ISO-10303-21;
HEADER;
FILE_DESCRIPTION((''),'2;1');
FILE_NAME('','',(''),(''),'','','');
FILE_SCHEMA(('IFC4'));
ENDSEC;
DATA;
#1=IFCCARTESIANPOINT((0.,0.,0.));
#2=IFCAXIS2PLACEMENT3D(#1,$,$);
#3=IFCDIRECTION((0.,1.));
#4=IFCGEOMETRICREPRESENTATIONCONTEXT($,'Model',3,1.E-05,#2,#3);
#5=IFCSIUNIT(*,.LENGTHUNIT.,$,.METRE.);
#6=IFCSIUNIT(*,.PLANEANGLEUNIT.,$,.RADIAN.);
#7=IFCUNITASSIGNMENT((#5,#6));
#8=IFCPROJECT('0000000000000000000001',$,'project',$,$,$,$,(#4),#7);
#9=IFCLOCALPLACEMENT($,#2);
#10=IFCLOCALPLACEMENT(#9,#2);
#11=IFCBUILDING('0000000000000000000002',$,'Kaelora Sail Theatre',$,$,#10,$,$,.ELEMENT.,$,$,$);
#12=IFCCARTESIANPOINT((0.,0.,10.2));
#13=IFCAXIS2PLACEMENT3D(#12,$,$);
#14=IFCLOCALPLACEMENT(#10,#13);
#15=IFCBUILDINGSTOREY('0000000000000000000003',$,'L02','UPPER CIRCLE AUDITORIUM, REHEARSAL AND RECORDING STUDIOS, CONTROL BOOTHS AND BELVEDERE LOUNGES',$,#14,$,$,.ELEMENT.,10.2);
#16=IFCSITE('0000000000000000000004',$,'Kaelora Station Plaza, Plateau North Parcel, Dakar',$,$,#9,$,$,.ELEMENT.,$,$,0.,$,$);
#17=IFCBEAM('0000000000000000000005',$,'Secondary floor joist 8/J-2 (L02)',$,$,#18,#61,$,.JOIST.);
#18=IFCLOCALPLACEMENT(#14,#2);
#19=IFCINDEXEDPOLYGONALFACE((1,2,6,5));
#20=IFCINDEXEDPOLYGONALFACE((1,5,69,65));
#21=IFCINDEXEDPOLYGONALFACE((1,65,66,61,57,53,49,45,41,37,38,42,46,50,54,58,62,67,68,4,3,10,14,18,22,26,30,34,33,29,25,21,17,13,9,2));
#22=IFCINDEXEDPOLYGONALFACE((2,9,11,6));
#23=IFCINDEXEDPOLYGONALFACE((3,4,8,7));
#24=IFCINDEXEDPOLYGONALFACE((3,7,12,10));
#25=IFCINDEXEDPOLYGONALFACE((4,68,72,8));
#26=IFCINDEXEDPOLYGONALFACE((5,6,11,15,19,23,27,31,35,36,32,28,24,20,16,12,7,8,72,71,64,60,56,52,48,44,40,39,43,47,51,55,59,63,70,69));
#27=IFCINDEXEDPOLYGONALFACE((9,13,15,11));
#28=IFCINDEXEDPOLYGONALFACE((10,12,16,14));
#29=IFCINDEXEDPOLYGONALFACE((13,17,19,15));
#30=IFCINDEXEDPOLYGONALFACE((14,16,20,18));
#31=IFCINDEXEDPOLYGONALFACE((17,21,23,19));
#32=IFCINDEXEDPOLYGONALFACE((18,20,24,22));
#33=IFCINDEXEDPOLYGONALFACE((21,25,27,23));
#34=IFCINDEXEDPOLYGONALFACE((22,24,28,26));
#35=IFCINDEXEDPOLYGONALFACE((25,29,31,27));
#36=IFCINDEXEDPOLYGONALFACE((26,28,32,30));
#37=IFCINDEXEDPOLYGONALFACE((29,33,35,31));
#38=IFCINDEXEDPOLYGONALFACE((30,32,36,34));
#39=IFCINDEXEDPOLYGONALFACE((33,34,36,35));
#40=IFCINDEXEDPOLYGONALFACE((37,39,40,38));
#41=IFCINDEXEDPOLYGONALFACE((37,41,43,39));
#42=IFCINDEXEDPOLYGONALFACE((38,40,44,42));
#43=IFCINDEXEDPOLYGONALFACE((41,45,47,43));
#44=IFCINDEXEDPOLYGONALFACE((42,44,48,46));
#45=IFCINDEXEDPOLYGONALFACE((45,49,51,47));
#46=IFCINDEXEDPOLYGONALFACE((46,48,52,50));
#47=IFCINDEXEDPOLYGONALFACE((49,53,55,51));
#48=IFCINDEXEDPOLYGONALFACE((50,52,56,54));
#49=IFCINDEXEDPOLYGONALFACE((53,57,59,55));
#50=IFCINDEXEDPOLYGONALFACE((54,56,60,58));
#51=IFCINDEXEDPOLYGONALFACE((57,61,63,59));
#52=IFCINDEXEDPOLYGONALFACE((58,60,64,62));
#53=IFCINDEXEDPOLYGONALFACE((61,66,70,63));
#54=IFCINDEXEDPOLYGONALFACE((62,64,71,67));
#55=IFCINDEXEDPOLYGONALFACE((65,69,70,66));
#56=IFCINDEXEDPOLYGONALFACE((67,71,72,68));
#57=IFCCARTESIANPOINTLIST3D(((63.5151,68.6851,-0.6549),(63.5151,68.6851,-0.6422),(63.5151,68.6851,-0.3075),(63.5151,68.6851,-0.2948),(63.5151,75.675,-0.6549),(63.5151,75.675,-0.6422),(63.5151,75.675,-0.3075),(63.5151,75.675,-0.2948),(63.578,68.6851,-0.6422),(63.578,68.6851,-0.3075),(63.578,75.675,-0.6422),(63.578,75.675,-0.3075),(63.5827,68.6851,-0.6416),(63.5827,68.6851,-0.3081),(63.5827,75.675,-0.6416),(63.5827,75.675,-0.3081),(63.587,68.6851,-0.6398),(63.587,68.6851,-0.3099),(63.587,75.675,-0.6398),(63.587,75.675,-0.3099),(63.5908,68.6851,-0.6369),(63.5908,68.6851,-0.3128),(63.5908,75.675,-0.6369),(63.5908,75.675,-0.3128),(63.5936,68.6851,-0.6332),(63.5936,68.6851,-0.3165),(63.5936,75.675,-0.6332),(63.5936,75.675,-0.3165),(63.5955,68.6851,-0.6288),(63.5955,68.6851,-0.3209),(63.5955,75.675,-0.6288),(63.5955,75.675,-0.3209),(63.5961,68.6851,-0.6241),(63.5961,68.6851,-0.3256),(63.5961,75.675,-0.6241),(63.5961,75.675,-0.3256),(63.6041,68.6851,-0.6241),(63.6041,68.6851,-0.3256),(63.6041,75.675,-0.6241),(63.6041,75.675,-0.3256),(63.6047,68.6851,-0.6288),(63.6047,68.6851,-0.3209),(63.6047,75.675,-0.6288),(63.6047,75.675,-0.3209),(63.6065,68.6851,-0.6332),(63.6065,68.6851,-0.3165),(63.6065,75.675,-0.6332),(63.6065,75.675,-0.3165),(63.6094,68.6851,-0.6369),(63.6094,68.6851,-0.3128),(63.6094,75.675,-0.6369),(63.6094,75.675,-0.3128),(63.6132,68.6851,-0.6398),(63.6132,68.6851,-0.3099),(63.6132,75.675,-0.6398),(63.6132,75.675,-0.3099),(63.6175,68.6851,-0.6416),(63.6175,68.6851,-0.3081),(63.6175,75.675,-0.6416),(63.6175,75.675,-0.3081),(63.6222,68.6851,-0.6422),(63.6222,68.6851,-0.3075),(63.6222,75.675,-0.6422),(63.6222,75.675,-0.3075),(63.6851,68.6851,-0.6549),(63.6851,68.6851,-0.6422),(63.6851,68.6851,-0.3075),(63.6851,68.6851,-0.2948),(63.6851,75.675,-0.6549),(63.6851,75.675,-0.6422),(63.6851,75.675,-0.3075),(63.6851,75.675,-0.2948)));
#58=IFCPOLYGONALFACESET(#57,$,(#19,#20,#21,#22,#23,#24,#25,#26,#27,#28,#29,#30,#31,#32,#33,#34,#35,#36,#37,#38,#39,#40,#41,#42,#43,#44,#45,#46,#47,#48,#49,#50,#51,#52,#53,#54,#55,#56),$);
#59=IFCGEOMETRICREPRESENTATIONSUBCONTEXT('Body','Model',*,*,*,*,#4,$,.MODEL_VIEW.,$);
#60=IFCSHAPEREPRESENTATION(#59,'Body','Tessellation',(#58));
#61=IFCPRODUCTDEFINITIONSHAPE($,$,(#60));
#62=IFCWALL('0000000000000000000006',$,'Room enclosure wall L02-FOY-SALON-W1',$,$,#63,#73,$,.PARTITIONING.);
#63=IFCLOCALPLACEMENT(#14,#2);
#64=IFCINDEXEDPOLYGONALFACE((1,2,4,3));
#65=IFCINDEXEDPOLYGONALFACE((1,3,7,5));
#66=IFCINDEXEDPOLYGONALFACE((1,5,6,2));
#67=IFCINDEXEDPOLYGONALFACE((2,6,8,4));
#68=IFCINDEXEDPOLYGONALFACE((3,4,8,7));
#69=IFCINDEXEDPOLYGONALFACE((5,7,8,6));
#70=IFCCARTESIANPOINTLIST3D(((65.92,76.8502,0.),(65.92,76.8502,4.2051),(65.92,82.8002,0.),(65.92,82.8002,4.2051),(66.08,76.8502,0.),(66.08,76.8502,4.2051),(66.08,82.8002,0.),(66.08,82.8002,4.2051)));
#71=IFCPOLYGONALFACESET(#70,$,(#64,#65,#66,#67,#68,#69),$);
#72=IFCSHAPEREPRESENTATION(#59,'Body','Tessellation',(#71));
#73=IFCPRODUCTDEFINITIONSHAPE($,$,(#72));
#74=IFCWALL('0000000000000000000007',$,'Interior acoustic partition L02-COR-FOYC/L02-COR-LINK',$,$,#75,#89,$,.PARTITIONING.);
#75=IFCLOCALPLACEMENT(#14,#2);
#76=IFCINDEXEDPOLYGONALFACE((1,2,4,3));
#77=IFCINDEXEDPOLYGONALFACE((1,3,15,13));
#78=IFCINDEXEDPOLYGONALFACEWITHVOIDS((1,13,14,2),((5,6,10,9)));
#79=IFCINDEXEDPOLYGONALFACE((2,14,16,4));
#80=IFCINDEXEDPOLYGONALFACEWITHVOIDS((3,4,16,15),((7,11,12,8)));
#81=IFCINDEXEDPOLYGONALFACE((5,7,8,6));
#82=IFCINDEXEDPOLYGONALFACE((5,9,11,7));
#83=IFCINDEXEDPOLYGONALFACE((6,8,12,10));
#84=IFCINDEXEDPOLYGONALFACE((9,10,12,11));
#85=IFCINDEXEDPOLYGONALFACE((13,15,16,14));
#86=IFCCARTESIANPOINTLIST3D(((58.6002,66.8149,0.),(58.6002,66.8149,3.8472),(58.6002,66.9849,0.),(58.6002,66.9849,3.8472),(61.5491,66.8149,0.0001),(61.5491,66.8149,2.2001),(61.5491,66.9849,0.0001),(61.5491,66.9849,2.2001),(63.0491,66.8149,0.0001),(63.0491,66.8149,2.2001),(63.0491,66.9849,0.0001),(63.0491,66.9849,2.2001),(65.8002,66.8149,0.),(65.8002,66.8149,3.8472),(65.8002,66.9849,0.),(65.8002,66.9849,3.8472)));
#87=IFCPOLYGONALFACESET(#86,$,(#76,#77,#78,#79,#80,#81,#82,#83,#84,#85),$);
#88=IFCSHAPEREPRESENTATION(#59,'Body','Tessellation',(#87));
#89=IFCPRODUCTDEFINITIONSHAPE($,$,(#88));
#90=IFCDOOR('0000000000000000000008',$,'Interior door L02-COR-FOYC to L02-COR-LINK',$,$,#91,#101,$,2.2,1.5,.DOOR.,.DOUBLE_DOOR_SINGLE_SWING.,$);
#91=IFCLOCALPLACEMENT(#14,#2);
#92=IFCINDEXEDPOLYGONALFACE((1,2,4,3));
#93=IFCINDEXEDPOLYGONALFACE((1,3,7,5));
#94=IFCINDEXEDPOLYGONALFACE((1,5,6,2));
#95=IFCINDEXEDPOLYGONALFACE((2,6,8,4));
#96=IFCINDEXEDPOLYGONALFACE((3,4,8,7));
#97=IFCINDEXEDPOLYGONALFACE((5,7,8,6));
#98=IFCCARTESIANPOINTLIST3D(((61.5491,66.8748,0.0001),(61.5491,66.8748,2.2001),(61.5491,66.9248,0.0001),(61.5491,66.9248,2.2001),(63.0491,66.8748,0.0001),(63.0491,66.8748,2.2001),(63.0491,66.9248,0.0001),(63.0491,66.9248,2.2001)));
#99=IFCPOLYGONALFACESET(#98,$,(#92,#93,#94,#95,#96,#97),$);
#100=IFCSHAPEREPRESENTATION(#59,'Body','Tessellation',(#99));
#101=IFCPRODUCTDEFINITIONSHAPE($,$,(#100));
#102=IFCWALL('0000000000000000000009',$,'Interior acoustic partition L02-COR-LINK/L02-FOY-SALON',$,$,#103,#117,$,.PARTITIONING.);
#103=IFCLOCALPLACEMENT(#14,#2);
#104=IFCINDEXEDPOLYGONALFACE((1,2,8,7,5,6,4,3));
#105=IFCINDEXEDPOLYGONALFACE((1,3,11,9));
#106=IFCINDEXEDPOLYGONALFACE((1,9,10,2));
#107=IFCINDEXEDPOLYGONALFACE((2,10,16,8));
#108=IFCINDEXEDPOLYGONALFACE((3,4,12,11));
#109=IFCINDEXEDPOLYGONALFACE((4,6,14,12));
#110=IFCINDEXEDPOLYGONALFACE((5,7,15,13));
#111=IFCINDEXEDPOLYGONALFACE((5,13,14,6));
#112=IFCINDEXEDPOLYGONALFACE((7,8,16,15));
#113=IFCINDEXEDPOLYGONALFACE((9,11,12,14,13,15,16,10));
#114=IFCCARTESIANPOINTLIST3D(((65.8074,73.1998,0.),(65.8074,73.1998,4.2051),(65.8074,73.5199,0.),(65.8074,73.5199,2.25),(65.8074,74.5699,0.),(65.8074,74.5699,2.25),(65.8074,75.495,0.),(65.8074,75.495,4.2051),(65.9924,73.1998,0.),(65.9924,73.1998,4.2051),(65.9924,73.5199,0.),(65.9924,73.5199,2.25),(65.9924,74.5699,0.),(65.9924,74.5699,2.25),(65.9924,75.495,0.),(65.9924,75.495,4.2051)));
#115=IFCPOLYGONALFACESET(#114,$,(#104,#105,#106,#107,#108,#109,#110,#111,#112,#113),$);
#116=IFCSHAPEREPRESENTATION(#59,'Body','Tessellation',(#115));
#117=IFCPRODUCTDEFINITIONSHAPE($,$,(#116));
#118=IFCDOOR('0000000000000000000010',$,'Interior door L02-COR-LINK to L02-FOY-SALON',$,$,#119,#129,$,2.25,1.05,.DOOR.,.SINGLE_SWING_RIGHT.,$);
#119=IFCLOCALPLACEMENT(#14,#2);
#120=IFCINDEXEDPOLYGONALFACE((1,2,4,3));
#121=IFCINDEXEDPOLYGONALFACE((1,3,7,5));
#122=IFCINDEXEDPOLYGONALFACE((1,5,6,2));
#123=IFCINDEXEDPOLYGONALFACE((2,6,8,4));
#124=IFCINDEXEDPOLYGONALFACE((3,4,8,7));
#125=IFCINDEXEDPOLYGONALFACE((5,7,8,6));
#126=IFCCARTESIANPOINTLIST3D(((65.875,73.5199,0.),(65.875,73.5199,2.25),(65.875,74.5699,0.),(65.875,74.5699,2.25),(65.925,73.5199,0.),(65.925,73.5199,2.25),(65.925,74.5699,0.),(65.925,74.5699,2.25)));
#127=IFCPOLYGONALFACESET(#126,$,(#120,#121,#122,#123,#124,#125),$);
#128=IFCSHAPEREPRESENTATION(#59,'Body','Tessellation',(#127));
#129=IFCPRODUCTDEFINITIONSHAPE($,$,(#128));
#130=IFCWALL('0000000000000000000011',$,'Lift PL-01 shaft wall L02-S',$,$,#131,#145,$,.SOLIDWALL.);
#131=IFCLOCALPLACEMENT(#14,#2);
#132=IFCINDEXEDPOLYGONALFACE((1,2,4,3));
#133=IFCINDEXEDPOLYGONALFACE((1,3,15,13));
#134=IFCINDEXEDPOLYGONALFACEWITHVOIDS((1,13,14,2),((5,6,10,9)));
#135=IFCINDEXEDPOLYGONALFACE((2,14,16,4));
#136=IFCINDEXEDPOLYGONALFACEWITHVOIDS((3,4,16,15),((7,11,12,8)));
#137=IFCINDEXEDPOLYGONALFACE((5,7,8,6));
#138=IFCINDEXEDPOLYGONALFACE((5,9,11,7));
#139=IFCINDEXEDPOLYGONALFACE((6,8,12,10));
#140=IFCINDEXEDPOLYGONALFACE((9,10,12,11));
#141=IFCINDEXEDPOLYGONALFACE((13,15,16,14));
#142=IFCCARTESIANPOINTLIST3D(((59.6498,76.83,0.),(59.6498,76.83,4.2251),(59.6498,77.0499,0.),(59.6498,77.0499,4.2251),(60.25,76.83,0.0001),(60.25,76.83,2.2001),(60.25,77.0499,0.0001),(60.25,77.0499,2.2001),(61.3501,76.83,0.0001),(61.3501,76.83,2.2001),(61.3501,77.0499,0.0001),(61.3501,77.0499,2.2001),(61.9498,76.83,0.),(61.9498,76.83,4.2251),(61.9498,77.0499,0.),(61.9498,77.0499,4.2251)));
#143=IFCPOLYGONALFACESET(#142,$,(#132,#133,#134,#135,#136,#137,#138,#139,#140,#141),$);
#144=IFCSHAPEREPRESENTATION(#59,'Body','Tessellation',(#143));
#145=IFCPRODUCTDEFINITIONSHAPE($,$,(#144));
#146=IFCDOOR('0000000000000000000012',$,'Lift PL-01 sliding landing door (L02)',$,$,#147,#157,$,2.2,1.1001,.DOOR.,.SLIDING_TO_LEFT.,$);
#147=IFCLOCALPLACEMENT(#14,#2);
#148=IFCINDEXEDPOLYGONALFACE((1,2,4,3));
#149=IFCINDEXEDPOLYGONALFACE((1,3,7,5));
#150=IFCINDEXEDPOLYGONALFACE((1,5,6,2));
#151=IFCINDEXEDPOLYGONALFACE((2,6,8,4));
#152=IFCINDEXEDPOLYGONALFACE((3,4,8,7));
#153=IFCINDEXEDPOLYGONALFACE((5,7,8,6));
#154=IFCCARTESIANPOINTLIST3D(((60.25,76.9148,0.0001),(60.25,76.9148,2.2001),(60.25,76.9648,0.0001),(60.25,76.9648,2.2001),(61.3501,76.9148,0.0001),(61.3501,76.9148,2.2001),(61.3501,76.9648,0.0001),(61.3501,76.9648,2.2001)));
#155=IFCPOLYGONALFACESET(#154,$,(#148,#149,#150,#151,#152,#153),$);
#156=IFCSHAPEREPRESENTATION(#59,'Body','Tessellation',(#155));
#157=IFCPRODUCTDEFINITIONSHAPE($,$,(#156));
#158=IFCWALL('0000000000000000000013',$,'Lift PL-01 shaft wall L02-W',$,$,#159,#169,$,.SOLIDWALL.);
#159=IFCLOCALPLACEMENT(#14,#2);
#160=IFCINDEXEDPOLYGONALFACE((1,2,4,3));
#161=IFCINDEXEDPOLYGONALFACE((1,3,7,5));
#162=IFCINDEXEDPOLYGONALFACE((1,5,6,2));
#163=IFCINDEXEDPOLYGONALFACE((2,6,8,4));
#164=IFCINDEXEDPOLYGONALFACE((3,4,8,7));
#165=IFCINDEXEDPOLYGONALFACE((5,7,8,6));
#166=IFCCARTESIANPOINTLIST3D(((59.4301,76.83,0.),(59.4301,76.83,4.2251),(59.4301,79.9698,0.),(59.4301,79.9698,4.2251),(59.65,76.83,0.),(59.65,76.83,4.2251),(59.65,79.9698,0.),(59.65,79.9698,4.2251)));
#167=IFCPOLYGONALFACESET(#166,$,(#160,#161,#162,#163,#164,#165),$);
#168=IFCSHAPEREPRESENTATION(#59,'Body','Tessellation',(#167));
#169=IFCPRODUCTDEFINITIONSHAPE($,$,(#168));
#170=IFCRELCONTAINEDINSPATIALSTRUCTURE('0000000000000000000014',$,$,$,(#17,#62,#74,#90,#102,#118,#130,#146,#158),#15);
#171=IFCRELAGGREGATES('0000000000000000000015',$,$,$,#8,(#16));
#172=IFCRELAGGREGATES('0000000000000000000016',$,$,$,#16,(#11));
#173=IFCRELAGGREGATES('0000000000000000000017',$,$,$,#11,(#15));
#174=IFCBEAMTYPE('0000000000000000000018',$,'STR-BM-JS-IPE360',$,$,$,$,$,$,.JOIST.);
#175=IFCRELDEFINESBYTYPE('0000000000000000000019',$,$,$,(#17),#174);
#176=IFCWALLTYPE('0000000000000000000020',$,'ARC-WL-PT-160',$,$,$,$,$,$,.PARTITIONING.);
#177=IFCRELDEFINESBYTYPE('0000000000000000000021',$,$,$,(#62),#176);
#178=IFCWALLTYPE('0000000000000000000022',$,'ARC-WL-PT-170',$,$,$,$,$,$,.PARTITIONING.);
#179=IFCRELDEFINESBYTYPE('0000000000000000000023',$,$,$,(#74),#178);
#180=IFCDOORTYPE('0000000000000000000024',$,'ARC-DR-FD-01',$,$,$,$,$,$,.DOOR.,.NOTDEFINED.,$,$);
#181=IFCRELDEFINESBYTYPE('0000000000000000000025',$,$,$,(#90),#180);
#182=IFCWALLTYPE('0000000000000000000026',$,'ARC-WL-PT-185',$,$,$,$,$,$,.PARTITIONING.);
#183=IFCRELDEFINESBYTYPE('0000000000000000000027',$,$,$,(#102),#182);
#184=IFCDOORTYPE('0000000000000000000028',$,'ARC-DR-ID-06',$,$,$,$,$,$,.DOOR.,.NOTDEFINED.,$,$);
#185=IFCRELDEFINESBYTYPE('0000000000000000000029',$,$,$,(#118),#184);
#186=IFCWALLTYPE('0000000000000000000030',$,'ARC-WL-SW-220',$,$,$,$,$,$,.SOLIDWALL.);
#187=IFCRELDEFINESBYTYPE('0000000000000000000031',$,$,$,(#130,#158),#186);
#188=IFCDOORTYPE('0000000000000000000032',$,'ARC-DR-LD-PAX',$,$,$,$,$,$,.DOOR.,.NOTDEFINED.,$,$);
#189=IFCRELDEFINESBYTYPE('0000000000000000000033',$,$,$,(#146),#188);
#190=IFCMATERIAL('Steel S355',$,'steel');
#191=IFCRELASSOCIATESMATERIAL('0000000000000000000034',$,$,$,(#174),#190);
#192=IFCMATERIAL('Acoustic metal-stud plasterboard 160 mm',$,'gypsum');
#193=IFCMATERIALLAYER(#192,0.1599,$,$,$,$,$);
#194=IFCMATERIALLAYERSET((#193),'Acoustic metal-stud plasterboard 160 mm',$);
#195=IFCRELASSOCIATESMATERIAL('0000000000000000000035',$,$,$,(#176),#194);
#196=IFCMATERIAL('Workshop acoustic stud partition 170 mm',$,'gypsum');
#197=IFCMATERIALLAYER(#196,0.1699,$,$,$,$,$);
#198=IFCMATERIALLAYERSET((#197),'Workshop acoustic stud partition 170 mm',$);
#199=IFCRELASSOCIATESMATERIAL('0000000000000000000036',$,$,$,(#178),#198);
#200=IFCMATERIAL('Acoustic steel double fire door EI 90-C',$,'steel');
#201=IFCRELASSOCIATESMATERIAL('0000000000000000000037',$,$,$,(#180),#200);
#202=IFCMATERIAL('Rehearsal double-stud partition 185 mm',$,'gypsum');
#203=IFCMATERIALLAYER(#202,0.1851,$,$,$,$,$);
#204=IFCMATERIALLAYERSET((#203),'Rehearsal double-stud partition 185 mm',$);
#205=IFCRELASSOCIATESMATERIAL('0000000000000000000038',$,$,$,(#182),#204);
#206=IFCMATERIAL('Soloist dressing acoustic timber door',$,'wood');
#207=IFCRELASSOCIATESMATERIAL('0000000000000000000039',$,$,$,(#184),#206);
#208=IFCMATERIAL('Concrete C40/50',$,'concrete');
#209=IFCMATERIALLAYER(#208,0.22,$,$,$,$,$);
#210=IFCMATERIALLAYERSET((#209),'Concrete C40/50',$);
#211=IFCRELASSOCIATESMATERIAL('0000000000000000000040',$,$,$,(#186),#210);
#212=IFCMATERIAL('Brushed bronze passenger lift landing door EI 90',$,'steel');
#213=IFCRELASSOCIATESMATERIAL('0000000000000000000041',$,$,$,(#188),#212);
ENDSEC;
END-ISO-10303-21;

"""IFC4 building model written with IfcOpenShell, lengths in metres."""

from ifc_helpers import new_model, si_unit, direction, frame, frame_2d, origin, origin_2d, place, context, subcontext, project, spatial, rectangle, i_section, extrude, material, layer, layer_set, material_profile, profile_set, type_object, element, fill, save


model = new_model("IFC4")

# Units and contexts
model_context = context("Model", 3, precision=1e-05, world=origin(), true_north=direction((0.0, 1.0)))
body_context = subcontext(model_context, "Body", "Model", "MODEL_VIEW")
ifc_project = project(units=[si_unit("LENGTHUNIT", "METRE"), si_unit("PLANEANGLEUNIT", "RADIAN")], contexts=[model_context])

# Site, building, storey
site_placement = place(None, origin())
site = spatial("IfcSite", under=ifc_project, at=site_placement, Name="Kaelora Station Plaza, Plateau North Parcel, Dakar", CompositionType="ELEMENT", RefElevation=0.0)
building_placement = place(site_placement, origin())
building = spatial("IfcBuilding", under=site, at=building_placement, Name="Kaelora Sail Theatre", CompositionType="ELEMENT")
storey_placement = place(building_placement, frame((0.0, 0.0, 10.2)))
storey = spatial("IfcBuildingStorey", under=building, at=storey_placement, Name="L02", Description="UPPER CIRCLE AUDITORIUM, REHEARSAL AND RECORDING STUDIOS, CONTROL BOOTHS AND BELVEDERE LOUNGES", CompositionType="ELEMENT", Elevation=10.2)

# Beam
ifc_material_1 = material(Name="Steel S355", Category="steel")
ifc_material_profile_1 = material_profile(ifc_material_1, i_section(OverallWidth=0.1699, OverallDepth=0.3601, WebThickness=0.0081, FlangeThickness=0.0127, FilletRadius=0.0181, at=origin_2d()), Name="IPE 360")
ifc_profile_set_1 = profile_set([ifc_material_profile_1], Name="Steel S355")
beam_type_1 = type_object("IfcBeamType", Name="STR-BM-JS-IPE360", PredefinedType="JOIST", material=ifc_profile_set_1)
beam_1_placement = place(storey_placement, frame((63.6001, 68.6851, -0.4749), z_axis=(0.0, 1.0, 0.0), x_axis=(-1.0, 0.0, 0.0)))
element("IfcBeam", 1, at=beam_1_placement, inside=storey, type_object=beam_type_1, Name="Secondary floor joist 8/J-2 (L02)", PredefinedType="JOIST", context=body_context, shape_type="SweptSolid", body=[
    extrude(i_section(OverallWidth=0.1699, OverallDepth=0.3601, WebThickness=0.0081, FlangeThickness=0.0127, FilletRadius=0.0181, at=origin_2d()), origin(), (0.0, 0.0, 1.0), 6.99),
])

# Wall
ifc_material_2 = material(Name="Acoustic metal-stud plasterboard 160 mm", Category="gypsum")
ifc_layer_1 = layer(ifc_material_2, 0.1599)
ifc_layer_set_1 = layer_set([ifc_layer_1], Name="Acoustic metal-stud plasterboard 160 mm")
wall_type_1 = type_object("IfcWallType", Name="ARC-WL-PT-160", PredefinedType="PARTITIONING", material=ifc_layer_set_1)
wall_1_placement = place(storey_placement, frame((66.0, 76.8501, 0.0), z_axis=(0.0, 0.0, 1.0), x_axis=(0.0, 1.0, 0.0)))
element("IfcWall", 2, at=wall_1_placement, inside=storey, type_object=wall_type_1, Name="Room enclosure wall L02-FOY-SALON-W1", PredefinedType="PARTITIONING", context=body_context, shape_type="SweptSolid", body=[
    extrude(rectangle(XDim=5.95, YDim=0.1599, at=frame_2d((2.9751, 0.0))), origin(), (0.0, 0.0, 1.0), 4.2051),
])

# Walls, openings, doors
ifc_material_3 = material(Name="Workshop acoustic stud partition 170 mm", Category="gypsum")
ifc_layer_2 = layer(ifc_material_3, 0.1699)
ifc_layer_set_2 = layer_set([ifc_layer_2], Name="Workshop acoustic stud partition 170 mm")
wall_type_2 = type_object("IfcWallType", Name="ARC-WL-PT-170", PredefinedType="PARTITIONING", material=ifc_layer_set_2)
wall_2_placement = place(storey_placement, frame((58.6001, 66.8999, 0.0), z_axis=(0.0, 0.0, 1.0), x_axis=(1.0, 0.0, 0.0)))
wall_2 = element("IfcWall", 3, at=wall_2_placement, inside=storey, type_object=wall_type_2, Name="Interior acoustic partition L02-COR-FOYC/L02-COR-LINK", PredefinedType="PARTITIONING", context=body_context, shape_type="SweptSolid", body=[
    extrude(rectangle(XDim=7.2, YDim=0.1699, at=frame_2d((3.6001, 0.0))), origin(), (0.0, 0.0, 1.0), 3.8472),
])
opening_1_placement = place(wall_2_placement, frame((2.949, 0.0, 0.0)))
opening_1 = element("IfcOpeningElement", 4, at=opening_1_placement, cuts=wall_2, PredefinedType="OPENING", context=body_context, shape_type="SweptSolid", body=[
    extrude(rectangle(XDim=1.5, YDim=2.2, at=frame_2d((0.75, 1.1001))), frame((0.0, 0.095, 0.0), z_axis=(0.0, -1.0, 0.0), x_axis=(1.0, 0.0, 0.0)), (0.0, 0.0, 1.0), 0.1899),
])
ifc_material_4 = material(Name="Acoustic steel double fire door EI 90-C", Category="steel")
door_type_1 = type_object("IfcDoorType", Name="ARC-DR-FD-01", OperationType="NOTDEFINED", PredefinedType="DOOR", material=ifc_material_4)
door_1_placement = place(opening_1_placement, origin())
door_1 = element("IfcDoor", 5, at=door_1_placement, inside=storey, type_object=door_type_1, Name="Interior door L02-COR-FOYC to L02-COR-LINK", OperationType="DOUBLE_DOOR_SINGLE_SWING", OverallHeight=2.2, OverallWidth=1.5, PredefinedType="DOOR", context=body_context, shape_type="SweptSolid", body=[
    extrude(rectangle(XDim=1.5, YDim=2.2, at=frame_2d((0.75, 1.1001))), frame((0.0, 0.0249, 0.0), z_axis=(0.0, -1.0, 0.0), x_axis=(1.0, 0.0, 0.0)), (0.0, 0.0, 1.0), 0.05),
])
fill(opening_1, door_1)
ifc_material_5 = material(Name="Rehearsal double-stud partition 185 mm", Category="gypsum")
ifc_layer_3 = layer(ifc_material_5, 0.1851)
ifc_layer_set_3 = layer_set([ifc_layer_3], Name="Rehearsal double-stud partition 185 mm")
wall_type_3 = type_object("IfcWallType", Name="ARC-WL-PT-185", PredefinedType="PARTITIONING", material=ifc_layer_set_3)
wall_3_placement = place(storey_placement, frame((65.8999, 73.2, 0.0), z_axis=(0.0, 0.0, 1.0), x_axis=(0.0, 1.0, 0.0)))
wall_3 = element("IfcWall", 6, at=wall_3_placement, inside=storey, type_object=wall_type_3, Name="Interior acoustic partition L02-COR-LINK/L02-FOY-SALON", PredefinedType="PARTITIONING", context=body_context, shape_type="SweptSolid", body=[
    extrude(rectangle(XDim=2.2952, YDim=0.1851, at=frame_2d((1.1475, 0.0))), origin(), (0.0, 0.0, 1.0), 4.2051),
])
opening_2_placement = place(wall_3_placement, frame((0.3201, 0.0, 0.0)))
opening_2 = element("IfcOpeningElement", 7, at=opening_2_placement, cuts=wall_3, PredefinedType="OPENING", context=body_context, shape_type="SweptSolid", body=[
    extrude(rectangle(XDim=1.05, YDim=2.25, at=frame_2d((0.5249, 1.125))), frame((0.0, 0.1025, 0.0), z_axis=(0.0, -1.0, 0.0), x_axis=(1.0, 0.0, 0.0)), (0.0, 0.0, 1.0), 0.2051),
])
ifc_material_6 = material(Name="Soloist dressing acoustic timber door", Category="wood")
door_type_2 = type_object("IfcDoorType", Name="ARC-DR-ID-06", OperationType="NOTDEFINED", PredefinedType="DOOR", material=ifc_material_6)
door_2_placement = place(opening_2_placement, origin())
door_2 = element("IfcDoor", 8, at=door_2_placement, inside=storey, type_object=door_type_2, Name="Interior door L02-COR-LINK to L02-FOY-SALON", OperationType="SINGLE_SWING_RIGHT", OverallHeight=2.25, OverallWidth=1.05, PredefinedType="DOOR", context=body_context, shape_type="SweptSolid", body=[
    extrude(rectangle(XDim=1.05, YDim=2.25, at=frame_2d((0.5249, 1.125))), frame((0.0, 0.0249, 0.0), z_axis=(0.0, -1.0, 0.0), x_axis=(1.0, 0.0, 0.0)), (0.0, 0.0, 1.0), 0.05),
])
fill(opening_2, door_2)
ifc_material_7 = material(Name="Concrete C40/50", Category="concrete")
ifc_layer_4 = layer(ifc_material_7, 0.22)
ifc_layer_set_4 = layer_set([ifc_layer_4], Name="Concrete C40/50")
wall_type_4 = type_object("IfcWallType", Name="ARC-WL-SW-220", PredefinedType="SOLIDWALL", material=ifc_layer_set_4)
wall_4_placement = place(storey_placement, frame((59.6499, 76.9399, 0.0), z_axis=(0.0, 0.0, 1.0), x_axis=(1.0, 0.0, 0.0)))
wall_4 = element("IfcWall", 9, at=wall_4_placement, inside=storey, type_object=wall_type_4, Name="Lift PL-01 shaft wall L02-S", PredefinedType="SOLIDWALL", context=body_context, shape_type="SweptSolid", body=[
    extrude(rectangle(XDim=2.3, YDim=0.22, at=frame_2d((1.1499, 0.0))), origin(), (0.0, 0.0, 1.0), 4.2251),
])
opening_3_placement = place(wall_4_placement, frame((0.6001, 0.0, 0.0)))
opening_3 = element("IfcOpeningElement", 10, at=opening_3_placement, cuts=wall_4, PredefinedType="OPENING", context=body_context, shape_type="SweptSolid", body=[
    extrude(rectangle(XDim=1.1001, YDim=2.2, at=frame_2d((0.55, 1.1001))), frame((0.0, 0.1199, 0.0), z_axis=(0.0, -1.0, 0.0), x_axis=(1.0, 0.0, 0.0)), (0.0, 0.0, 1.0), 0.24),
])
ifc_material_8 = material(Name="Brushed bronze passenger lift landing door EI 90", Category="steel")
door_type_3 = type_object("IfcDoorType", Name="ARC-DR-LD-PAX", OperationType="NOTDEFINED", PredefinedType="DOOR", material=ifc_material_8)
door_3_placement = place(opening_3_placement, origin())
door_3 = element("IfcDoor", 11, at=door_3_placement, inside=storey, type_object=door_type_3, Name="Lift PL-01 sliding landing door (L02)", OperationType="SLIDING_TO_LEFT", OverallHeight=2.2, OverallWidth=1.1001, PredefinedType="DOOR", context=body_context, shape_type="SweptSolid", body=[
    extrude(rectangle(XDim=1.1001, YDim=2.2, at=frame_2d((0.55, 1.1001))), frame((0.0, 0.0249, 0.0), z_axis=(0.0, -1.0, 0.0), x_axis=(1.0, 0.0, 0.0)), (0.0, 0.0, 1.0), 0.05),
])
fill(opening_3, door_3)

# Wall
for number, where, z_axis, x_axis, name in (
    (12, (59.54, 76.8301, 0.0), (0.0, 0.0, 1.0), (0.0, 1.0, 0.0), "Lift PL-01 shaft wall L02-W"),
):
    element("IfcWall", number, at=place(storey_placement, frame(where, z_axis=z_axis, x_axis=x_axis)), inside=storey, type_object=wall_type_4, Name=name, PredefinedType="SOLIDWALL", context=body_context, shape_type="SweptSolid", body=[
        extrude(rectangle(XDim=3.1399, YDim=0.22, at=frame_2d((1.5698, 0.0))), origin(), (0.0, 0.0, 1.0), 4.2251),
    ])

save(model, "model.ifc")
